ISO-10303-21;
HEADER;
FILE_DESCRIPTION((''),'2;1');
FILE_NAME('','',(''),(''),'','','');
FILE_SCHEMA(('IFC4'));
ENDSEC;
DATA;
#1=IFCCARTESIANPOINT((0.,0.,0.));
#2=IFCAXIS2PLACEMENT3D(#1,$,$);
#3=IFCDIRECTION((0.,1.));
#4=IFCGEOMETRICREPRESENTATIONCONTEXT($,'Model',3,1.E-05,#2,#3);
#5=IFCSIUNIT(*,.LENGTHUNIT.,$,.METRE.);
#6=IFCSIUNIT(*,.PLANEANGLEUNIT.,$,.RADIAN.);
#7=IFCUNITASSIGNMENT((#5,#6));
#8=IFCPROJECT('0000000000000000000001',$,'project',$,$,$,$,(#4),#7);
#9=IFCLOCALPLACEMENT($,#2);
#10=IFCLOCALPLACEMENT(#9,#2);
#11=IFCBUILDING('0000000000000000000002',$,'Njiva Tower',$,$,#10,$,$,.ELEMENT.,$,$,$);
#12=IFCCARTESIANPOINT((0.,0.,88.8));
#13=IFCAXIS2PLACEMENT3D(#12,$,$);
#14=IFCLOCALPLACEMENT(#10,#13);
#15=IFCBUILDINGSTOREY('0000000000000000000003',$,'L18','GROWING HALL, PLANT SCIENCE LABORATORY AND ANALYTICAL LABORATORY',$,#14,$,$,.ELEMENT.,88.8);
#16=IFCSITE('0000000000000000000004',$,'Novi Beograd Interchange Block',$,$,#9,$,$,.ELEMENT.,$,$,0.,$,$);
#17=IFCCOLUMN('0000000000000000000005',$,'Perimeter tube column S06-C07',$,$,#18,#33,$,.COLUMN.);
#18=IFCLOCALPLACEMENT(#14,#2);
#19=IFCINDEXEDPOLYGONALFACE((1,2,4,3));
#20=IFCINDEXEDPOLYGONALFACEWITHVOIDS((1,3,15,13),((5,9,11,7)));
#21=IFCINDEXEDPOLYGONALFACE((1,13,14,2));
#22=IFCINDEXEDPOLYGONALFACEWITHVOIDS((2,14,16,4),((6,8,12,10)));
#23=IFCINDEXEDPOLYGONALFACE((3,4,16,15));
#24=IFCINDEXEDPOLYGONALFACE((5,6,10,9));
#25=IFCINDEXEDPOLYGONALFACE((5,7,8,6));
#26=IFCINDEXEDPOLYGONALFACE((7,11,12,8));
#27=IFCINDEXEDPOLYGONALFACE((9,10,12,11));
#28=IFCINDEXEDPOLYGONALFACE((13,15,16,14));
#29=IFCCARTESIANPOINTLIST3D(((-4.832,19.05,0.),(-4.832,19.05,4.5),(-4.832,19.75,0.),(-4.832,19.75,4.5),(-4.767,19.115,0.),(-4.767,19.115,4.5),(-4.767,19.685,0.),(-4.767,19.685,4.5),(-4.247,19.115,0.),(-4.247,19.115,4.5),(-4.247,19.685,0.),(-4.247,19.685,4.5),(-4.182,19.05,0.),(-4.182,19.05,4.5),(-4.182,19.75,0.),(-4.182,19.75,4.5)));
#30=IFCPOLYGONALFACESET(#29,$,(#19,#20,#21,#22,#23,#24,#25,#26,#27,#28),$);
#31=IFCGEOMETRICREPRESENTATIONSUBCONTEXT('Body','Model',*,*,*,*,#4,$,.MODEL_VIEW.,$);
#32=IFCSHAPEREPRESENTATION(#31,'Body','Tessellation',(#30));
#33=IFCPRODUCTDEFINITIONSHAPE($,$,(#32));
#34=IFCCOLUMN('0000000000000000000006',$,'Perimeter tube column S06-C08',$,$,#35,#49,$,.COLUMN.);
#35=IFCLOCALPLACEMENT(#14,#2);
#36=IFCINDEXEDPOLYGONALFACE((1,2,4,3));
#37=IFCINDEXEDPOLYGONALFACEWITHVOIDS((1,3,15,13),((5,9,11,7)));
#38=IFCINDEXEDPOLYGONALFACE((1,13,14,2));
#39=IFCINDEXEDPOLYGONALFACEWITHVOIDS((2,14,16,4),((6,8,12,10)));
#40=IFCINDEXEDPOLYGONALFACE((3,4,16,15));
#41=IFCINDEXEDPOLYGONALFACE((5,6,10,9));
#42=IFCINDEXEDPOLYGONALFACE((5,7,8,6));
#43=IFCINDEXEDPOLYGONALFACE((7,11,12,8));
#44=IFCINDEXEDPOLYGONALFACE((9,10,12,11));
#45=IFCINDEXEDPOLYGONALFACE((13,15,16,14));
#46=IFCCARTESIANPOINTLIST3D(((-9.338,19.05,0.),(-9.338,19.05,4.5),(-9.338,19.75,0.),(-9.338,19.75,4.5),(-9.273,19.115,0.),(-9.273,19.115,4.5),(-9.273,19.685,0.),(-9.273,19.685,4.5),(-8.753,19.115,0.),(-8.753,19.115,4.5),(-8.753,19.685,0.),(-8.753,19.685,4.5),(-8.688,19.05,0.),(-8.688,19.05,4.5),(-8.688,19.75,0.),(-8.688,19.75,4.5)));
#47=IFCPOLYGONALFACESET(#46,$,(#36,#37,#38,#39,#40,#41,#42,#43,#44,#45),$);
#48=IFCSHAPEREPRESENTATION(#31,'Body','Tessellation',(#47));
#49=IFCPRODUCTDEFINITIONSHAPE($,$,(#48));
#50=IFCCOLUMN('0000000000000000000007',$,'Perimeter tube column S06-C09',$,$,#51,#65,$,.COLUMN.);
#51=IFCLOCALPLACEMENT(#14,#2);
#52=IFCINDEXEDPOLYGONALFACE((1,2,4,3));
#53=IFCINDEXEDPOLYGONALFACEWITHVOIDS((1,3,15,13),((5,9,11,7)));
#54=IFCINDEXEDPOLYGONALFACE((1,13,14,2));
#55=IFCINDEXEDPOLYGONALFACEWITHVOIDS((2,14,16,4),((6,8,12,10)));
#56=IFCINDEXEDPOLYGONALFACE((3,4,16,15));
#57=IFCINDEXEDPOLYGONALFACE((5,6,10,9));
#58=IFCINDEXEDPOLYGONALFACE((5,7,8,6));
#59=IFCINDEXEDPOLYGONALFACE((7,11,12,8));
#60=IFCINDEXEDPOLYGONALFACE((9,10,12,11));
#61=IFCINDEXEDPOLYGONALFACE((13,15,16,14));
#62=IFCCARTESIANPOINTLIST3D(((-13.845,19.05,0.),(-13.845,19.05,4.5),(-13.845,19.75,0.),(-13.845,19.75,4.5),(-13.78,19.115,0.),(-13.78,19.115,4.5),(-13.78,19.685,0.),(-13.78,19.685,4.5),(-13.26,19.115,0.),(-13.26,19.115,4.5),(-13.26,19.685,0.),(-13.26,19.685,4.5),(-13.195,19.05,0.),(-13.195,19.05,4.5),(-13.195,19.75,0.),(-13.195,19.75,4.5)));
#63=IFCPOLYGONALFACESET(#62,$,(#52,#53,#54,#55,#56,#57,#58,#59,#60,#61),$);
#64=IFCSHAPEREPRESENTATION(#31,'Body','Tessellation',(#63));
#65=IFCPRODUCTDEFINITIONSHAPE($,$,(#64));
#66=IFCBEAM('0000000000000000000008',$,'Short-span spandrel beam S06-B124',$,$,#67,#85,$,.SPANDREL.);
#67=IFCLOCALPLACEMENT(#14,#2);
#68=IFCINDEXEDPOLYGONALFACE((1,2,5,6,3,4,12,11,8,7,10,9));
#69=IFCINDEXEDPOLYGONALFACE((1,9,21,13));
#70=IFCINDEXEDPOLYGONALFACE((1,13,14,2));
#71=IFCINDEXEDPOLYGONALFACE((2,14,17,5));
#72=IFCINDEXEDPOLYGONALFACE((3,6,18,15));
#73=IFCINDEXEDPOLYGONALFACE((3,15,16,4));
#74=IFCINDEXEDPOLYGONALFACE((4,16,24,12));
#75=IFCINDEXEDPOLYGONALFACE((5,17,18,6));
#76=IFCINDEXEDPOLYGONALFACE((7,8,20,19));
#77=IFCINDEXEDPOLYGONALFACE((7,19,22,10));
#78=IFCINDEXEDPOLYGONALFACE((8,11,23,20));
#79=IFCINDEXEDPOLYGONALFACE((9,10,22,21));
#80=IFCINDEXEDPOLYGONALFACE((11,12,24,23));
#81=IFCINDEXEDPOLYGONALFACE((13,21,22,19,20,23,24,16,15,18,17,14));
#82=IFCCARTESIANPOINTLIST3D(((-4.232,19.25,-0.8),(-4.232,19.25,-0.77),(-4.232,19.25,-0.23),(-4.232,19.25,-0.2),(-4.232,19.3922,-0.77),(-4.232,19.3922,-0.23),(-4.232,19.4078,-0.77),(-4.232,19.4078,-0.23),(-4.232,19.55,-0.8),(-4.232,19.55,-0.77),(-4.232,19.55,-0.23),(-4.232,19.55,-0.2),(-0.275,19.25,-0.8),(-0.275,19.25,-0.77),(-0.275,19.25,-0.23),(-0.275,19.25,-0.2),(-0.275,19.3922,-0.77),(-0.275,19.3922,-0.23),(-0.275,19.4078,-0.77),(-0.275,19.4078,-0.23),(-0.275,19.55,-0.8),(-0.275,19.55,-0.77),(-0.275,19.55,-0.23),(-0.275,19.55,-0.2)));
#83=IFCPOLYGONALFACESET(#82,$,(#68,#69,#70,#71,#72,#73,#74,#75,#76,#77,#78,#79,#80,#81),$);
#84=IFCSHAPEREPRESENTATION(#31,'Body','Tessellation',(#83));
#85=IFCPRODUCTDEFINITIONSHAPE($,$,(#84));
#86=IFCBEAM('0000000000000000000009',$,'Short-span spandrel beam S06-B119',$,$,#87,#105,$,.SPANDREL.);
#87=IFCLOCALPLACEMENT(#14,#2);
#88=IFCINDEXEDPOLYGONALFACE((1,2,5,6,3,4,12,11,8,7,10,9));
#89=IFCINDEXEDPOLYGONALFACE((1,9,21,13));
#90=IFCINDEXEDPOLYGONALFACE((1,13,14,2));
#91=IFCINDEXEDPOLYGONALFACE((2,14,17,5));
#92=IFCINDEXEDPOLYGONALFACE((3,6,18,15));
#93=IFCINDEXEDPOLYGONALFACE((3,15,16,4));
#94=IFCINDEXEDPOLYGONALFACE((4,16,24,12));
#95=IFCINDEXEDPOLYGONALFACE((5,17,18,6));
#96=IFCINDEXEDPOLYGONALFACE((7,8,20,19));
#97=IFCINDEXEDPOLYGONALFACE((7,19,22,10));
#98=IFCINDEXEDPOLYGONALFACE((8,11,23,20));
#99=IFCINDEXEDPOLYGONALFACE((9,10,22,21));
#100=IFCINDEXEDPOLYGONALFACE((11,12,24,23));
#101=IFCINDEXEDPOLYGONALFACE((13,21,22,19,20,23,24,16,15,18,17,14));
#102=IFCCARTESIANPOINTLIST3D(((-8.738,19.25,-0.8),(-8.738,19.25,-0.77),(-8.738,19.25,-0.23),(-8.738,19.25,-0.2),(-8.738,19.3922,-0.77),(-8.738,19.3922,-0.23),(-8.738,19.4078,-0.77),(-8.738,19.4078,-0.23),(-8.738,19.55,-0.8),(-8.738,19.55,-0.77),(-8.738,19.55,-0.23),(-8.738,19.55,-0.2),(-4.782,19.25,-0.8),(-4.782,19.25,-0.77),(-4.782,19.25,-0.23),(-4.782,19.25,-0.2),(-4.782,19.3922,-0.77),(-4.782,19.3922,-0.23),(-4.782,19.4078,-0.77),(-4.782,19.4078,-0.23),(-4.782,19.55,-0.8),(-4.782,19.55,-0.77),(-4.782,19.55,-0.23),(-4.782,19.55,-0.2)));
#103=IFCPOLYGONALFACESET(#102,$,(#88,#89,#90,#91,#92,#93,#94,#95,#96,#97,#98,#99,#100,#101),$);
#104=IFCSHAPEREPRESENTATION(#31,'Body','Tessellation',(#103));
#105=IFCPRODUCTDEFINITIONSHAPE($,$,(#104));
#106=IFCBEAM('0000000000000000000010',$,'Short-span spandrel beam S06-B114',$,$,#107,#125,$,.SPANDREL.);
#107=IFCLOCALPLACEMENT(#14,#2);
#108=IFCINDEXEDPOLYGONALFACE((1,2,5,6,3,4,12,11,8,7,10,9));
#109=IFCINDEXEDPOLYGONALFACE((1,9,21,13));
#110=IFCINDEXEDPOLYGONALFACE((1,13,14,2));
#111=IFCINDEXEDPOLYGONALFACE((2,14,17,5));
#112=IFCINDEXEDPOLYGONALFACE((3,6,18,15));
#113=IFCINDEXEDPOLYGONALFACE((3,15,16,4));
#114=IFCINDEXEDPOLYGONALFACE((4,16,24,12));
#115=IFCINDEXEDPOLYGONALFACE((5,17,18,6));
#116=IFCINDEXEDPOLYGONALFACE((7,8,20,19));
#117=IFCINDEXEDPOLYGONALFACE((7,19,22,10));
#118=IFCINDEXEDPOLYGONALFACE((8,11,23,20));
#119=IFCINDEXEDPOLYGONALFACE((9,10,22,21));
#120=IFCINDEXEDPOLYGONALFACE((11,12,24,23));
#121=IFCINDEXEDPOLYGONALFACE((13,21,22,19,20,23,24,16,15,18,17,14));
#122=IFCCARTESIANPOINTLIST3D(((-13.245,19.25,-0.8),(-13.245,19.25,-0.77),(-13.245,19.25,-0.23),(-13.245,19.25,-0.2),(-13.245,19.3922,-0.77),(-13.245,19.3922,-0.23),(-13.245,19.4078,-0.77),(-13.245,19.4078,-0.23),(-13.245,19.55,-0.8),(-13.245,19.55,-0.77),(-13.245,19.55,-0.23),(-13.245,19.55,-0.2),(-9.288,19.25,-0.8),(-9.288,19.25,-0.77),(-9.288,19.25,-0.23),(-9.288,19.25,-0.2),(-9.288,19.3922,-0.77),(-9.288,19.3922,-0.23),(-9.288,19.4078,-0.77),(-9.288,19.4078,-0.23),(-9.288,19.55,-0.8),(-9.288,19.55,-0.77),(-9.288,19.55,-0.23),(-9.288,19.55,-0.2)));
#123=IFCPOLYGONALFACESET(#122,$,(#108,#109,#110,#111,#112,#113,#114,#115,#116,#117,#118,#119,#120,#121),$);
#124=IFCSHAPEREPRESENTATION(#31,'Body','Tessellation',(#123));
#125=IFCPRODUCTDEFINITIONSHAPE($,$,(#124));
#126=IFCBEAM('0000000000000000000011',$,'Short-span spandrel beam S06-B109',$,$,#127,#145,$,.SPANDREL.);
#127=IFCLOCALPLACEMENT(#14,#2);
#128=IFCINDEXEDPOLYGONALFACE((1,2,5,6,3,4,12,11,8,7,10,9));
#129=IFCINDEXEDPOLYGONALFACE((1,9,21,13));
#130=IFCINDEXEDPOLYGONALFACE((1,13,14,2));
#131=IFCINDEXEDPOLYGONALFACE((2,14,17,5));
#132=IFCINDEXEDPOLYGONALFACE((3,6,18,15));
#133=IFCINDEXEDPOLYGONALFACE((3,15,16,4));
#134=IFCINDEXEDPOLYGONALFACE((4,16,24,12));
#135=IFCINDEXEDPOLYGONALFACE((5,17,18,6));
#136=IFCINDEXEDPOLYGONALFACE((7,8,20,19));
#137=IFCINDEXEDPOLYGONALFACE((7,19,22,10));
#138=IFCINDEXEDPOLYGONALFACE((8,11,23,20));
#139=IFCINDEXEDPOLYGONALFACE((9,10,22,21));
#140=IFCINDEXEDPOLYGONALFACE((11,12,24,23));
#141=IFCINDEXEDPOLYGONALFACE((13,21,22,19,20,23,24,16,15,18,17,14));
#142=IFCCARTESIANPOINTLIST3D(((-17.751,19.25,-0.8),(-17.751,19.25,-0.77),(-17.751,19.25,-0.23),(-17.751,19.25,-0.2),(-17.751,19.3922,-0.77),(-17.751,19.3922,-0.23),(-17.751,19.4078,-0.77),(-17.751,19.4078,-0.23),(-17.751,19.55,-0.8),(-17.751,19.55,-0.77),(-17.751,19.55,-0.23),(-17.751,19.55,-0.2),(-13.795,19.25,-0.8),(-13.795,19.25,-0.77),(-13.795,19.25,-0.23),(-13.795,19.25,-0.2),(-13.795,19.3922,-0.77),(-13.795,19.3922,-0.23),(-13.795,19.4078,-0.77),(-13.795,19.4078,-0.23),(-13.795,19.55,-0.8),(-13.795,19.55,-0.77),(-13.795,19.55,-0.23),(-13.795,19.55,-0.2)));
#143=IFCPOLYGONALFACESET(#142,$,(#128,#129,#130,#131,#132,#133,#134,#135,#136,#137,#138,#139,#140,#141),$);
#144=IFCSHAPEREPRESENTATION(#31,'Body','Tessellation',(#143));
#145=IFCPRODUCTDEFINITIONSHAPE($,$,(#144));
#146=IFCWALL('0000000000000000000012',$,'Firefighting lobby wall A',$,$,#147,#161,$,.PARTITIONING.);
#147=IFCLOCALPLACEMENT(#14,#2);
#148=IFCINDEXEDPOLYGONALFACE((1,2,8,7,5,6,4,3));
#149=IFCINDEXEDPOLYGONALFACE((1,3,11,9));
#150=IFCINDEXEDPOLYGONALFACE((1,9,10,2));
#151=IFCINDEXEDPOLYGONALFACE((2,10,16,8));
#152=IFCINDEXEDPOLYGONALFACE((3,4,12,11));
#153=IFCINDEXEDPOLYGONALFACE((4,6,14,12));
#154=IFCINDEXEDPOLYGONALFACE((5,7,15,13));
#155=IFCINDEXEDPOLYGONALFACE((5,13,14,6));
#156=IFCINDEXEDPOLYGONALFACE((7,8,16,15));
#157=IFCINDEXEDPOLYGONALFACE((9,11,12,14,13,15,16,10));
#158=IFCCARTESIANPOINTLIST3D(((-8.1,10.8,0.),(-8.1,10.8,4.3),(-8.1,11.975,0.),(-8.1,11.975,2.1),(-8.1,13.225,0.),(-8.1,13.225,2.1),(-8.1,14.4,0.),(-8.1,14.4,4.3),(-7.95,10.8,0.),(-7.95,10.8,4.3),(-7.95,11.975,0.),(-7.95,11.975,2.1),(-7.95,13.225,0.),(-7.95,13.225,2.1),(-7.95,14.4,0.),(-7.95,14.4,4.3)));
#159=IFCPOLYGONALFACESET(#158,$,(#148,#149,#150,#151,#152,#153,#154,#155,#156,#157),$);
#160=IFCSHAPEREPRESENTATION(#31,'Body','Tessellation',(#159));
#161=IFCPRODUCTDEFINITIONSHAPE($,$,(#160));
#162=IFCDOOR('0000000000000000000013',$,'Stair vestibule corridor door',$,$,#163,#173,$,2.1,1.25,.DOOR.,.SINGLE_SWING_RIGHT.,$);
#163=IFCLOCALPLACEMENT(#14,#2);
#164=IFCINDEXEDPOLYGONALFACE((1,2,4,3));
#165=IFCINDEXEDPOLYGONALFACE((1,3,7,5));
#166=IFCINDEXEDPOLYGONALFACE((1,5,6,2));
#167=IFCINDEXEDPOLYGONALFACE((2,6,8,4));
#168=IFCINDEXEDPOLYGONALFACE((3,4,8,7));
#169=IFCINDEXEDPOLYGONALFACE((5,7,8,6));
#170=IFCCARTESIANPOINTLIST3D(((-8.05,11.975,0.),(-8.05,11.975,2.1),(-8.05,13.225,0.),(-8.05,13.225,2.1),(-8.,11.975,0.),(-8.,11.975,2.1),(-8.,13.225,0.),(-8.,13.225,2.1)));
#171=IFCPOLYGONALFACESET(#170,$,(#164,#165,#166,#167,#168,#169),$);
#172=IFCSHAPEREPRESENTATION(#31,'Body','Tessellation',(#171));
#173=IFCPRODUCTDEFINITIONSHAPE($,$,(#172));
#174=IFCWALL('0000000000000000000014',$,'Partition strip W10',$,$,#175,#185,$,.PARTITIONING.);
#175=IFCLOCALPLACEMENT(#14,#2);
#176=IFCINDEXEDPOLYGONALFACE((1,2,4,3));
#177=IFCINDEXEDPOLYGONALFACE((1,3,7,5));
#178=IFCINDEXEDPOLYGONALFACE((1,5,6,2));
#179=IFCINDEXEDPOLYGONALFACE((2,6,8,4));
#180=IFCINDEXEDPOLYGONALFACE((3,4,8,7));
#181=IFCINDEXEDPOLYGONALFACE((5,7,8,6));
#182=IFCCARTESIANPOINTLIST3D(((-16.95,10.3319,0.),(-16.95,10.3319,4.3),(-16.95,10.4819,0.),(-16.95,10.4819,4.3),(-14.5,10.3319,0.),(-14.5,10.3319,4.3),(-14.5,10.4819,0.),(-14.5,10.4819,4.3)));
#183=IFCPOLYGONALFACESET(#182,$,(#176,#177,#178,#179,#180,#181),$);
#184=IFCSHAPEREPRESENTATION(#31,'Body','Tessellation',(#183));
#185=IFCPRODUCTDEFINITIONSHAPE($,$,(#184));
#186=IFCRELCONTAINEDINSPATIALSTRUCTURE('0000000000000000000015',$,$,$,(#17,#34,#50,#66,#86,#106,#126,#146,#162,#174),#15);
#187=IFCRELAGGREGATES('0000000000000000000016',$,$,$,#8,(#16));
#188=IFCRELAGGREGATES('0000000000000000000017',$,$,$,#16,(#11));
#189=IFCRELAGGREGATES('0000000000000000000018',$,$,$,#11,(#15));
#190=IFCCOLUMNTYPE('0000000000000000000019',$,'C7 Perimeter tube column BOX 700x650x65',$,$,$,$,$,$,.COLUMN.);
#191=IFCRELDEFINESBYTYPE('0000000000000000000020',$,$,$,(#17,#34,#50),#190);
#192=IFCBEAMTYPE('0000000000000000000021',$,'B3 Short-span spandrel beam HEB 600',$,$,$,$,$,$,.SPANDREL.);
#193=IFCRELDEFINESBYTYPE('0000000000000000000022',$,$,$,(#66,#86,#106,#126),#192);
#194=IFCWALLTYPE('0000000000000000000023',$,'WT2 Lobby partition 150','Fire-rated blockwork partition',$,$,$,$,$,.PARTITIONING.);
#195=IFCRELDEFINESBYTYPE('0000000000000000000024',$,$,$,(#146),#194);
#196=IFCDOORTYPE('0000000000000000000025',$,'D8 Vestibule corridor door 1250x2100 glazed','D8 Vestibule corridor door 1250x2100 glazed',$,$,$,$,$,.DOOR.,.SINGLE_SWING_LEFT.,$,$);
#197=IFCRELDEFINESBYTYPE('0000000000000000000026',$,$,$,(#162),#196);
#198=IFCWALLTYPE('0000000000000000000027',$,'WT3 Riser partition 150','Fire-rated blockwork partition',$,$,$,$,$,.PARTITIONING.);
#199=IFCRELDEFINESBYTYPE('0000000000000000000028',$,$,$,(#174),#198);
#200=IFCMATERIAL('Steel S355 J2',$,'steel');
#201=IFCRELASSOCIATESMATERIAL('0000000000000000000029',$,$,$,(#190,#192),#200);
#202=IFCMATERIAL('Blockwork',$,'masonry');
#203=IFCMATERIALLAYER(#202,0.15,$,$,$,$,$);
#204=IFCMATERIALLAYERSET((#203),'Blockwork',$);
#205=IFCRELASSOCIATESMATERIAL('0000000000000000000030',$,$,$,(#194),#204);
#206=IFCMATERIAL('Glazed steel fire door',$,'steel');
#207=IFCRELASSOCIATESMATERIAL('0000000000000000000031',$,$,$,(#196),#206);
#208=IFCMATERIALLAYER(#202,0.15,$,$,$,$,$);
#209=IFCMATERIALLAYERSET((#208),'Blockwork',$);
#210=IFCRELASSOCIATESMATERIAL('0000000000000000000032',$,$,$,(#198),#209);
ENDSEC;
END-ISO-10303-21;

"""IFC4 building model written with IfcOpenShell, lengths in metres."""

from ifc_helpers import new_model, si_unit, direction, frame, frame_2d, origin, origin_2d, place, context, subcontext, project, spatial, rectangle, hollow_rectangle, i_section, extrude, material, layer, layer_set, material_profile, profile_set, type_object, element, fill, save


model = new_model("IFC4")

# Units and contexts
model_context = context("Model", 3, precision=1e-05, world=origin(), true_north=direction((0.0, 1.0)))
body_context = subcontext(model_context, "Body", "Model", "MODEL_VIEW")
ifc_project = project(units=[si_unit("LENGTHUNIT", "METRE"), si_unit("PLANEANGLEUNIT", "RADIAN")], contexts=[model_context])

# Site, building, storey
site_placement = place(None, origin())
site = spatial("IfcSite", under=ifc_project, at=site_placement, Name="Novi Beograd Interchange Block", CompositionType="ELEMENT", RefElevation=0.0)
building_placement = place(site_placement, origin())
building = spatial("IfcBuilding", under=site, at=building_placement, Name="Njiva Tower", CompositionType="ELEMENT")
storey_placement = place(building_placement, frame((0.0, 0.0, 88.8)))
storey = spatial("IfcBuildingStorey", under=building, at=storey_placement, Name="L18", Description="GROWING HALL, PLANT SCIENCE LABORATORY AND ANALYTICAL LABORATORY", CompositionType="ELEMENT", Elevation=88.8)

# Columns
ifc_material_1 = material(Name="Steel S355 J2", Category="steel")
ifc_material_profile_1 = material_profile(ifc_material_1, hollow_rectangle(XDim=0.65, YDim=0.7, WallThickness=0.065, at=origin_2d()), Name="BOX 700x650x65")
ifc_profile_set_1 = profile_set([ifc_material_profile_1], Name="Steel S355 J2")
column_type = type_object("IfcColumnType", Name="C7 Perimeter tube column BOX 700x650x65", PredefinedType="COLUMN", material=ifc_profile_set_1)
for number, where, z_axis, x_axis, name in (
    (1, (-4.507, 19.4, 0.0), (0.0, 0.0, 1.0), (-1.0, 0.0, 0.0), "Perimeter tube column S06-C07"),
    (2, (-9.013, 19.4, 0.0), (0.0, 0.0, 1.0), (-1.0, 0.0, 0.0), "Perimeter tube column S06-C08"),
    (3, (-13.52, 19.4, 0.0), (0.0, 0.0, 1.0), (-1.0, 0.0, 0.0), "Perimeter tube column S06-C09"),
):
    element("IfcColumn", number, at=place(storey_placement, frame(where, z_axis=z_axis, x_axis=x_axis)), inside=storey, type_object=column_type, Name=name, PredefinedType="COLUMN", context=body_context, shape_type="SweptSolid", body=[
        extrude(hollow_rectangle(XDim=0.65, YDim=0.7, WallThickness=0.065, at=origin_2d()), origin(), (0.0, 0.0, 1.0), 4.5),
    ])

# Beams
ifc_material_profile_2 = material_profile(ifc_material_1, i_section(OverallWidth=0.3, OverallDepth=0.6, WebThickness=0.0155, FlangeThickness=0.03, at=origin_2d()), Name="HEB 600")
ifc_profile_set_2 = profile_set([ifc_material_profile_2], Name="Steel S355 J2")
beam_type = type_object("IfcBeamType", Name="B3 Short-span spandrel beam HEB 600", PredefinedType="SPANDREL", material=ifc_profile_set_2)
beam_1_placement = place(storey_placement, frame((-0.275, 19.4, -0.5), z_axis=(-1.0, 0.0, 0.0), x_axis=(0.0, -1.0, 0.0)))
element("IfcBeam", 4, at=beam_1_placement, inside=storey, type_object=beam_type, Name="Short-span spandrel beam S06-B124", PredefinedType="SPANDREL", context=body_context, shape_type="SweptSolid", body=[
    extrude(i_section(OverallWidth=0.3, OverallDepth=0.6, WebThickness=0.0155, FlangeThickness=0.03, at=origin_2d()), origin(), (0.0, 0.0, 1.0), 3.957),
])
beam_2_placement = place(storey_placement, frame((-4.782, 19.4, -0.5), z_axis=(-1.0, 0.0, 0.0), x_axis=(0.0, -1.0, 0.0)))
element("IfcBeam", 5, at=beam_2_placement, inside=storey, type_object=beam_type, Name="Short-span spandrel beam S06-B119", PredefinedType="SPANDREL", context=body_context, shape_type="SweptSolid", body=[
    extrude(i_section(OverallWidth=0.3, OverallDepth=0.6, WebThickness=0.0155, FlangeThickness=0.03, at=origin_2d()), origin(), (0.0, 0.0, 1.0), 3.956),
])
beam_3_placement = place(storey_placement, frame((-9.288, 19.4, -0.5), z_axis=(-1.0, 0.0, 0.0), x_axis=(0.0, -1.0, 0.0)))
element("IfcBeam", 6, at=beam_3_placement, inside=storey, type_object=beam_type, Name="Short-span spandrel beam S06-B114", PredefinedType="SPANDREL", context=body_context, shape_type="SweptSolid", body=[
    extrude(i_section(OverallWidth=0.3, OverallDepth=0.6, WebThickness=0.0155, FlangeThickness=0.03, at=origin_2d()), origin(), (0.0, 0.0, 1.0), 3.957),
])
beam_4_placement = place(storey_placement, frame((-13.795, 19.4, -0.5), z_axis=(-1.0, 0.0, 0.0), x_axis=(0.0, -1.0, 0.0)))
element("IfcBeam", 7, at=beam_4_placement, inside=storey, type_object=beam_type, Name="Short-span spandrel beam S06-B109", PredefinedType="SPANDREL", context=body_context, shape_type="SweptSolid", body=[
    extrude(i_section(OverallWidth=0.3, OverallDepth=0.6, WebThickness=0.0155, FlangeThickness=0.03, at=origin_2d()), origin(), (0.0, 0.0, 1.0), 3.956),
])

# Wall, opening, door
ifc_material_2 = material(Name="Blockwork", Category="masonry")
ifc_layer_1 = layer(ifc_material_2, 0.15)
ifc_layer_set_1 = layer_set([ifc_layer_1], Name="Blockwork")
wall_type_1 = type_object("IfcWallType", Name="WT2 Lobby partition 150", Description="Fire-rated blockwork partition", PredefinedType="PARTITIONING", material=ifc_layer_set_1)
wall_1_placement = place(storey_placement, frame((-8.025, 10.8, 0.0), z_axis=(0.0, 0.0, 1.0), x_axis=(0.0, 1.0, 0.0)))
wall_1 = element("IfcWall", 8, at=wall_1_placement, inside=storey, type_object=wall_type_1, Name="Firefighting lobby wall A", PredefinedType="PARTITIONING", context=body_context, shape_type="SweptSolid", body=[
    extrude(rectangle(XDim=3.6, YDim=0.15, at=frame_2d((1.8, 0.0))), origin(), (0.0, 0.0, 1.0), 4.3),
])
opening_1_placement = place(wall_1_placement, frame((1.175, 0.0, 0.0)))
opening_1 = element("IfcOpeningElement", 9, at=opening_1_placement, cuts=wall_1, PredefinedType="OPENING", context=body_context, shape_type="SweptSolid", body=[
    extrude(rectangle(XDim=1.25, YDim=2.1, at=frame_2d((0.625, 1.05))), frame((0.0, 0.085, 0.0), z_axis=(0.0, -1.0, 0.0), x_axis=(1.0, 0.0, 0.0)), (0.0, 0.0, 1.0), 0.17),
])
ifc_material_3 = material(Name="Glazed steel fire door", Category="steel")
door_type_1 = type_object("IfcDoorType", Name="D8 Vestibule corridor door 1250x2100 glazed", Description="D8 Vestibule corridor door 1250x2100 glazed", OperationType="SINGLE_SWING_LEFT", PredefinedType="DOOR", material=ifc_material_3)
door_1_placement = place(opening_1_placement, origin())
door_1 = element("IfcDoor", 10, at=door_1_placement, inside=storey, type_object=door_type_1, Name="Stair vestibule corridor door", OperationType="SINGLE_SWING_RIGHT", OverallHeight=2.1, OverallWidth=1.25, PredefinedType="DOOR", context=body_context, shape_type="SweptSolid", body=[
    extrude(rectangle(XDim=1.25, YDim=2.1, at=frame_2d((0.625, 1.05))), frame((0.0, 0.025, 0.0), z_axis=(0.0, -1.0, 0.0), x_axis=(1.0, 0.0, 0.0)), (0.0, 0.0, 1.0), 0.05),
])
fill(opening_1, door_1)

# Wall
ifc_layer_2 = layer(ifc_material_2, 0.15)
ifc_layer_set_2 = layer_set([ifc_layer_2], Name="Blockwork")
wall_type_2 = type_object("IfcWallType", Name="WT3 Riser partition 150", Description="Fire-rated blockwork partition", PredefinedType="PARTITIONING", material=ifc_layer_set_2)
wall_2_placement = place(storey_placement, frame((-16.95, 10.4069, 0.0), z_axis=(0.0, 0.0, 1.0), x_axis=(1.0, 0.0, 0.0)))
element("IfcWall", 11, at=wall_2_placement, inside=storey, type_object=wall_type_2, Name="Partition strip W10", PredefinedType="PARTITIONING", context=body_context, shape_type="SweptSolid", body=[
    extrude(rectangle(XDim=2.45, YDim=0.15, at=frame_2d((1.225, 0.0))), origin(), (0.0, 0.0, 1.0), 4.3),
])

save(model, "model.ifc")
